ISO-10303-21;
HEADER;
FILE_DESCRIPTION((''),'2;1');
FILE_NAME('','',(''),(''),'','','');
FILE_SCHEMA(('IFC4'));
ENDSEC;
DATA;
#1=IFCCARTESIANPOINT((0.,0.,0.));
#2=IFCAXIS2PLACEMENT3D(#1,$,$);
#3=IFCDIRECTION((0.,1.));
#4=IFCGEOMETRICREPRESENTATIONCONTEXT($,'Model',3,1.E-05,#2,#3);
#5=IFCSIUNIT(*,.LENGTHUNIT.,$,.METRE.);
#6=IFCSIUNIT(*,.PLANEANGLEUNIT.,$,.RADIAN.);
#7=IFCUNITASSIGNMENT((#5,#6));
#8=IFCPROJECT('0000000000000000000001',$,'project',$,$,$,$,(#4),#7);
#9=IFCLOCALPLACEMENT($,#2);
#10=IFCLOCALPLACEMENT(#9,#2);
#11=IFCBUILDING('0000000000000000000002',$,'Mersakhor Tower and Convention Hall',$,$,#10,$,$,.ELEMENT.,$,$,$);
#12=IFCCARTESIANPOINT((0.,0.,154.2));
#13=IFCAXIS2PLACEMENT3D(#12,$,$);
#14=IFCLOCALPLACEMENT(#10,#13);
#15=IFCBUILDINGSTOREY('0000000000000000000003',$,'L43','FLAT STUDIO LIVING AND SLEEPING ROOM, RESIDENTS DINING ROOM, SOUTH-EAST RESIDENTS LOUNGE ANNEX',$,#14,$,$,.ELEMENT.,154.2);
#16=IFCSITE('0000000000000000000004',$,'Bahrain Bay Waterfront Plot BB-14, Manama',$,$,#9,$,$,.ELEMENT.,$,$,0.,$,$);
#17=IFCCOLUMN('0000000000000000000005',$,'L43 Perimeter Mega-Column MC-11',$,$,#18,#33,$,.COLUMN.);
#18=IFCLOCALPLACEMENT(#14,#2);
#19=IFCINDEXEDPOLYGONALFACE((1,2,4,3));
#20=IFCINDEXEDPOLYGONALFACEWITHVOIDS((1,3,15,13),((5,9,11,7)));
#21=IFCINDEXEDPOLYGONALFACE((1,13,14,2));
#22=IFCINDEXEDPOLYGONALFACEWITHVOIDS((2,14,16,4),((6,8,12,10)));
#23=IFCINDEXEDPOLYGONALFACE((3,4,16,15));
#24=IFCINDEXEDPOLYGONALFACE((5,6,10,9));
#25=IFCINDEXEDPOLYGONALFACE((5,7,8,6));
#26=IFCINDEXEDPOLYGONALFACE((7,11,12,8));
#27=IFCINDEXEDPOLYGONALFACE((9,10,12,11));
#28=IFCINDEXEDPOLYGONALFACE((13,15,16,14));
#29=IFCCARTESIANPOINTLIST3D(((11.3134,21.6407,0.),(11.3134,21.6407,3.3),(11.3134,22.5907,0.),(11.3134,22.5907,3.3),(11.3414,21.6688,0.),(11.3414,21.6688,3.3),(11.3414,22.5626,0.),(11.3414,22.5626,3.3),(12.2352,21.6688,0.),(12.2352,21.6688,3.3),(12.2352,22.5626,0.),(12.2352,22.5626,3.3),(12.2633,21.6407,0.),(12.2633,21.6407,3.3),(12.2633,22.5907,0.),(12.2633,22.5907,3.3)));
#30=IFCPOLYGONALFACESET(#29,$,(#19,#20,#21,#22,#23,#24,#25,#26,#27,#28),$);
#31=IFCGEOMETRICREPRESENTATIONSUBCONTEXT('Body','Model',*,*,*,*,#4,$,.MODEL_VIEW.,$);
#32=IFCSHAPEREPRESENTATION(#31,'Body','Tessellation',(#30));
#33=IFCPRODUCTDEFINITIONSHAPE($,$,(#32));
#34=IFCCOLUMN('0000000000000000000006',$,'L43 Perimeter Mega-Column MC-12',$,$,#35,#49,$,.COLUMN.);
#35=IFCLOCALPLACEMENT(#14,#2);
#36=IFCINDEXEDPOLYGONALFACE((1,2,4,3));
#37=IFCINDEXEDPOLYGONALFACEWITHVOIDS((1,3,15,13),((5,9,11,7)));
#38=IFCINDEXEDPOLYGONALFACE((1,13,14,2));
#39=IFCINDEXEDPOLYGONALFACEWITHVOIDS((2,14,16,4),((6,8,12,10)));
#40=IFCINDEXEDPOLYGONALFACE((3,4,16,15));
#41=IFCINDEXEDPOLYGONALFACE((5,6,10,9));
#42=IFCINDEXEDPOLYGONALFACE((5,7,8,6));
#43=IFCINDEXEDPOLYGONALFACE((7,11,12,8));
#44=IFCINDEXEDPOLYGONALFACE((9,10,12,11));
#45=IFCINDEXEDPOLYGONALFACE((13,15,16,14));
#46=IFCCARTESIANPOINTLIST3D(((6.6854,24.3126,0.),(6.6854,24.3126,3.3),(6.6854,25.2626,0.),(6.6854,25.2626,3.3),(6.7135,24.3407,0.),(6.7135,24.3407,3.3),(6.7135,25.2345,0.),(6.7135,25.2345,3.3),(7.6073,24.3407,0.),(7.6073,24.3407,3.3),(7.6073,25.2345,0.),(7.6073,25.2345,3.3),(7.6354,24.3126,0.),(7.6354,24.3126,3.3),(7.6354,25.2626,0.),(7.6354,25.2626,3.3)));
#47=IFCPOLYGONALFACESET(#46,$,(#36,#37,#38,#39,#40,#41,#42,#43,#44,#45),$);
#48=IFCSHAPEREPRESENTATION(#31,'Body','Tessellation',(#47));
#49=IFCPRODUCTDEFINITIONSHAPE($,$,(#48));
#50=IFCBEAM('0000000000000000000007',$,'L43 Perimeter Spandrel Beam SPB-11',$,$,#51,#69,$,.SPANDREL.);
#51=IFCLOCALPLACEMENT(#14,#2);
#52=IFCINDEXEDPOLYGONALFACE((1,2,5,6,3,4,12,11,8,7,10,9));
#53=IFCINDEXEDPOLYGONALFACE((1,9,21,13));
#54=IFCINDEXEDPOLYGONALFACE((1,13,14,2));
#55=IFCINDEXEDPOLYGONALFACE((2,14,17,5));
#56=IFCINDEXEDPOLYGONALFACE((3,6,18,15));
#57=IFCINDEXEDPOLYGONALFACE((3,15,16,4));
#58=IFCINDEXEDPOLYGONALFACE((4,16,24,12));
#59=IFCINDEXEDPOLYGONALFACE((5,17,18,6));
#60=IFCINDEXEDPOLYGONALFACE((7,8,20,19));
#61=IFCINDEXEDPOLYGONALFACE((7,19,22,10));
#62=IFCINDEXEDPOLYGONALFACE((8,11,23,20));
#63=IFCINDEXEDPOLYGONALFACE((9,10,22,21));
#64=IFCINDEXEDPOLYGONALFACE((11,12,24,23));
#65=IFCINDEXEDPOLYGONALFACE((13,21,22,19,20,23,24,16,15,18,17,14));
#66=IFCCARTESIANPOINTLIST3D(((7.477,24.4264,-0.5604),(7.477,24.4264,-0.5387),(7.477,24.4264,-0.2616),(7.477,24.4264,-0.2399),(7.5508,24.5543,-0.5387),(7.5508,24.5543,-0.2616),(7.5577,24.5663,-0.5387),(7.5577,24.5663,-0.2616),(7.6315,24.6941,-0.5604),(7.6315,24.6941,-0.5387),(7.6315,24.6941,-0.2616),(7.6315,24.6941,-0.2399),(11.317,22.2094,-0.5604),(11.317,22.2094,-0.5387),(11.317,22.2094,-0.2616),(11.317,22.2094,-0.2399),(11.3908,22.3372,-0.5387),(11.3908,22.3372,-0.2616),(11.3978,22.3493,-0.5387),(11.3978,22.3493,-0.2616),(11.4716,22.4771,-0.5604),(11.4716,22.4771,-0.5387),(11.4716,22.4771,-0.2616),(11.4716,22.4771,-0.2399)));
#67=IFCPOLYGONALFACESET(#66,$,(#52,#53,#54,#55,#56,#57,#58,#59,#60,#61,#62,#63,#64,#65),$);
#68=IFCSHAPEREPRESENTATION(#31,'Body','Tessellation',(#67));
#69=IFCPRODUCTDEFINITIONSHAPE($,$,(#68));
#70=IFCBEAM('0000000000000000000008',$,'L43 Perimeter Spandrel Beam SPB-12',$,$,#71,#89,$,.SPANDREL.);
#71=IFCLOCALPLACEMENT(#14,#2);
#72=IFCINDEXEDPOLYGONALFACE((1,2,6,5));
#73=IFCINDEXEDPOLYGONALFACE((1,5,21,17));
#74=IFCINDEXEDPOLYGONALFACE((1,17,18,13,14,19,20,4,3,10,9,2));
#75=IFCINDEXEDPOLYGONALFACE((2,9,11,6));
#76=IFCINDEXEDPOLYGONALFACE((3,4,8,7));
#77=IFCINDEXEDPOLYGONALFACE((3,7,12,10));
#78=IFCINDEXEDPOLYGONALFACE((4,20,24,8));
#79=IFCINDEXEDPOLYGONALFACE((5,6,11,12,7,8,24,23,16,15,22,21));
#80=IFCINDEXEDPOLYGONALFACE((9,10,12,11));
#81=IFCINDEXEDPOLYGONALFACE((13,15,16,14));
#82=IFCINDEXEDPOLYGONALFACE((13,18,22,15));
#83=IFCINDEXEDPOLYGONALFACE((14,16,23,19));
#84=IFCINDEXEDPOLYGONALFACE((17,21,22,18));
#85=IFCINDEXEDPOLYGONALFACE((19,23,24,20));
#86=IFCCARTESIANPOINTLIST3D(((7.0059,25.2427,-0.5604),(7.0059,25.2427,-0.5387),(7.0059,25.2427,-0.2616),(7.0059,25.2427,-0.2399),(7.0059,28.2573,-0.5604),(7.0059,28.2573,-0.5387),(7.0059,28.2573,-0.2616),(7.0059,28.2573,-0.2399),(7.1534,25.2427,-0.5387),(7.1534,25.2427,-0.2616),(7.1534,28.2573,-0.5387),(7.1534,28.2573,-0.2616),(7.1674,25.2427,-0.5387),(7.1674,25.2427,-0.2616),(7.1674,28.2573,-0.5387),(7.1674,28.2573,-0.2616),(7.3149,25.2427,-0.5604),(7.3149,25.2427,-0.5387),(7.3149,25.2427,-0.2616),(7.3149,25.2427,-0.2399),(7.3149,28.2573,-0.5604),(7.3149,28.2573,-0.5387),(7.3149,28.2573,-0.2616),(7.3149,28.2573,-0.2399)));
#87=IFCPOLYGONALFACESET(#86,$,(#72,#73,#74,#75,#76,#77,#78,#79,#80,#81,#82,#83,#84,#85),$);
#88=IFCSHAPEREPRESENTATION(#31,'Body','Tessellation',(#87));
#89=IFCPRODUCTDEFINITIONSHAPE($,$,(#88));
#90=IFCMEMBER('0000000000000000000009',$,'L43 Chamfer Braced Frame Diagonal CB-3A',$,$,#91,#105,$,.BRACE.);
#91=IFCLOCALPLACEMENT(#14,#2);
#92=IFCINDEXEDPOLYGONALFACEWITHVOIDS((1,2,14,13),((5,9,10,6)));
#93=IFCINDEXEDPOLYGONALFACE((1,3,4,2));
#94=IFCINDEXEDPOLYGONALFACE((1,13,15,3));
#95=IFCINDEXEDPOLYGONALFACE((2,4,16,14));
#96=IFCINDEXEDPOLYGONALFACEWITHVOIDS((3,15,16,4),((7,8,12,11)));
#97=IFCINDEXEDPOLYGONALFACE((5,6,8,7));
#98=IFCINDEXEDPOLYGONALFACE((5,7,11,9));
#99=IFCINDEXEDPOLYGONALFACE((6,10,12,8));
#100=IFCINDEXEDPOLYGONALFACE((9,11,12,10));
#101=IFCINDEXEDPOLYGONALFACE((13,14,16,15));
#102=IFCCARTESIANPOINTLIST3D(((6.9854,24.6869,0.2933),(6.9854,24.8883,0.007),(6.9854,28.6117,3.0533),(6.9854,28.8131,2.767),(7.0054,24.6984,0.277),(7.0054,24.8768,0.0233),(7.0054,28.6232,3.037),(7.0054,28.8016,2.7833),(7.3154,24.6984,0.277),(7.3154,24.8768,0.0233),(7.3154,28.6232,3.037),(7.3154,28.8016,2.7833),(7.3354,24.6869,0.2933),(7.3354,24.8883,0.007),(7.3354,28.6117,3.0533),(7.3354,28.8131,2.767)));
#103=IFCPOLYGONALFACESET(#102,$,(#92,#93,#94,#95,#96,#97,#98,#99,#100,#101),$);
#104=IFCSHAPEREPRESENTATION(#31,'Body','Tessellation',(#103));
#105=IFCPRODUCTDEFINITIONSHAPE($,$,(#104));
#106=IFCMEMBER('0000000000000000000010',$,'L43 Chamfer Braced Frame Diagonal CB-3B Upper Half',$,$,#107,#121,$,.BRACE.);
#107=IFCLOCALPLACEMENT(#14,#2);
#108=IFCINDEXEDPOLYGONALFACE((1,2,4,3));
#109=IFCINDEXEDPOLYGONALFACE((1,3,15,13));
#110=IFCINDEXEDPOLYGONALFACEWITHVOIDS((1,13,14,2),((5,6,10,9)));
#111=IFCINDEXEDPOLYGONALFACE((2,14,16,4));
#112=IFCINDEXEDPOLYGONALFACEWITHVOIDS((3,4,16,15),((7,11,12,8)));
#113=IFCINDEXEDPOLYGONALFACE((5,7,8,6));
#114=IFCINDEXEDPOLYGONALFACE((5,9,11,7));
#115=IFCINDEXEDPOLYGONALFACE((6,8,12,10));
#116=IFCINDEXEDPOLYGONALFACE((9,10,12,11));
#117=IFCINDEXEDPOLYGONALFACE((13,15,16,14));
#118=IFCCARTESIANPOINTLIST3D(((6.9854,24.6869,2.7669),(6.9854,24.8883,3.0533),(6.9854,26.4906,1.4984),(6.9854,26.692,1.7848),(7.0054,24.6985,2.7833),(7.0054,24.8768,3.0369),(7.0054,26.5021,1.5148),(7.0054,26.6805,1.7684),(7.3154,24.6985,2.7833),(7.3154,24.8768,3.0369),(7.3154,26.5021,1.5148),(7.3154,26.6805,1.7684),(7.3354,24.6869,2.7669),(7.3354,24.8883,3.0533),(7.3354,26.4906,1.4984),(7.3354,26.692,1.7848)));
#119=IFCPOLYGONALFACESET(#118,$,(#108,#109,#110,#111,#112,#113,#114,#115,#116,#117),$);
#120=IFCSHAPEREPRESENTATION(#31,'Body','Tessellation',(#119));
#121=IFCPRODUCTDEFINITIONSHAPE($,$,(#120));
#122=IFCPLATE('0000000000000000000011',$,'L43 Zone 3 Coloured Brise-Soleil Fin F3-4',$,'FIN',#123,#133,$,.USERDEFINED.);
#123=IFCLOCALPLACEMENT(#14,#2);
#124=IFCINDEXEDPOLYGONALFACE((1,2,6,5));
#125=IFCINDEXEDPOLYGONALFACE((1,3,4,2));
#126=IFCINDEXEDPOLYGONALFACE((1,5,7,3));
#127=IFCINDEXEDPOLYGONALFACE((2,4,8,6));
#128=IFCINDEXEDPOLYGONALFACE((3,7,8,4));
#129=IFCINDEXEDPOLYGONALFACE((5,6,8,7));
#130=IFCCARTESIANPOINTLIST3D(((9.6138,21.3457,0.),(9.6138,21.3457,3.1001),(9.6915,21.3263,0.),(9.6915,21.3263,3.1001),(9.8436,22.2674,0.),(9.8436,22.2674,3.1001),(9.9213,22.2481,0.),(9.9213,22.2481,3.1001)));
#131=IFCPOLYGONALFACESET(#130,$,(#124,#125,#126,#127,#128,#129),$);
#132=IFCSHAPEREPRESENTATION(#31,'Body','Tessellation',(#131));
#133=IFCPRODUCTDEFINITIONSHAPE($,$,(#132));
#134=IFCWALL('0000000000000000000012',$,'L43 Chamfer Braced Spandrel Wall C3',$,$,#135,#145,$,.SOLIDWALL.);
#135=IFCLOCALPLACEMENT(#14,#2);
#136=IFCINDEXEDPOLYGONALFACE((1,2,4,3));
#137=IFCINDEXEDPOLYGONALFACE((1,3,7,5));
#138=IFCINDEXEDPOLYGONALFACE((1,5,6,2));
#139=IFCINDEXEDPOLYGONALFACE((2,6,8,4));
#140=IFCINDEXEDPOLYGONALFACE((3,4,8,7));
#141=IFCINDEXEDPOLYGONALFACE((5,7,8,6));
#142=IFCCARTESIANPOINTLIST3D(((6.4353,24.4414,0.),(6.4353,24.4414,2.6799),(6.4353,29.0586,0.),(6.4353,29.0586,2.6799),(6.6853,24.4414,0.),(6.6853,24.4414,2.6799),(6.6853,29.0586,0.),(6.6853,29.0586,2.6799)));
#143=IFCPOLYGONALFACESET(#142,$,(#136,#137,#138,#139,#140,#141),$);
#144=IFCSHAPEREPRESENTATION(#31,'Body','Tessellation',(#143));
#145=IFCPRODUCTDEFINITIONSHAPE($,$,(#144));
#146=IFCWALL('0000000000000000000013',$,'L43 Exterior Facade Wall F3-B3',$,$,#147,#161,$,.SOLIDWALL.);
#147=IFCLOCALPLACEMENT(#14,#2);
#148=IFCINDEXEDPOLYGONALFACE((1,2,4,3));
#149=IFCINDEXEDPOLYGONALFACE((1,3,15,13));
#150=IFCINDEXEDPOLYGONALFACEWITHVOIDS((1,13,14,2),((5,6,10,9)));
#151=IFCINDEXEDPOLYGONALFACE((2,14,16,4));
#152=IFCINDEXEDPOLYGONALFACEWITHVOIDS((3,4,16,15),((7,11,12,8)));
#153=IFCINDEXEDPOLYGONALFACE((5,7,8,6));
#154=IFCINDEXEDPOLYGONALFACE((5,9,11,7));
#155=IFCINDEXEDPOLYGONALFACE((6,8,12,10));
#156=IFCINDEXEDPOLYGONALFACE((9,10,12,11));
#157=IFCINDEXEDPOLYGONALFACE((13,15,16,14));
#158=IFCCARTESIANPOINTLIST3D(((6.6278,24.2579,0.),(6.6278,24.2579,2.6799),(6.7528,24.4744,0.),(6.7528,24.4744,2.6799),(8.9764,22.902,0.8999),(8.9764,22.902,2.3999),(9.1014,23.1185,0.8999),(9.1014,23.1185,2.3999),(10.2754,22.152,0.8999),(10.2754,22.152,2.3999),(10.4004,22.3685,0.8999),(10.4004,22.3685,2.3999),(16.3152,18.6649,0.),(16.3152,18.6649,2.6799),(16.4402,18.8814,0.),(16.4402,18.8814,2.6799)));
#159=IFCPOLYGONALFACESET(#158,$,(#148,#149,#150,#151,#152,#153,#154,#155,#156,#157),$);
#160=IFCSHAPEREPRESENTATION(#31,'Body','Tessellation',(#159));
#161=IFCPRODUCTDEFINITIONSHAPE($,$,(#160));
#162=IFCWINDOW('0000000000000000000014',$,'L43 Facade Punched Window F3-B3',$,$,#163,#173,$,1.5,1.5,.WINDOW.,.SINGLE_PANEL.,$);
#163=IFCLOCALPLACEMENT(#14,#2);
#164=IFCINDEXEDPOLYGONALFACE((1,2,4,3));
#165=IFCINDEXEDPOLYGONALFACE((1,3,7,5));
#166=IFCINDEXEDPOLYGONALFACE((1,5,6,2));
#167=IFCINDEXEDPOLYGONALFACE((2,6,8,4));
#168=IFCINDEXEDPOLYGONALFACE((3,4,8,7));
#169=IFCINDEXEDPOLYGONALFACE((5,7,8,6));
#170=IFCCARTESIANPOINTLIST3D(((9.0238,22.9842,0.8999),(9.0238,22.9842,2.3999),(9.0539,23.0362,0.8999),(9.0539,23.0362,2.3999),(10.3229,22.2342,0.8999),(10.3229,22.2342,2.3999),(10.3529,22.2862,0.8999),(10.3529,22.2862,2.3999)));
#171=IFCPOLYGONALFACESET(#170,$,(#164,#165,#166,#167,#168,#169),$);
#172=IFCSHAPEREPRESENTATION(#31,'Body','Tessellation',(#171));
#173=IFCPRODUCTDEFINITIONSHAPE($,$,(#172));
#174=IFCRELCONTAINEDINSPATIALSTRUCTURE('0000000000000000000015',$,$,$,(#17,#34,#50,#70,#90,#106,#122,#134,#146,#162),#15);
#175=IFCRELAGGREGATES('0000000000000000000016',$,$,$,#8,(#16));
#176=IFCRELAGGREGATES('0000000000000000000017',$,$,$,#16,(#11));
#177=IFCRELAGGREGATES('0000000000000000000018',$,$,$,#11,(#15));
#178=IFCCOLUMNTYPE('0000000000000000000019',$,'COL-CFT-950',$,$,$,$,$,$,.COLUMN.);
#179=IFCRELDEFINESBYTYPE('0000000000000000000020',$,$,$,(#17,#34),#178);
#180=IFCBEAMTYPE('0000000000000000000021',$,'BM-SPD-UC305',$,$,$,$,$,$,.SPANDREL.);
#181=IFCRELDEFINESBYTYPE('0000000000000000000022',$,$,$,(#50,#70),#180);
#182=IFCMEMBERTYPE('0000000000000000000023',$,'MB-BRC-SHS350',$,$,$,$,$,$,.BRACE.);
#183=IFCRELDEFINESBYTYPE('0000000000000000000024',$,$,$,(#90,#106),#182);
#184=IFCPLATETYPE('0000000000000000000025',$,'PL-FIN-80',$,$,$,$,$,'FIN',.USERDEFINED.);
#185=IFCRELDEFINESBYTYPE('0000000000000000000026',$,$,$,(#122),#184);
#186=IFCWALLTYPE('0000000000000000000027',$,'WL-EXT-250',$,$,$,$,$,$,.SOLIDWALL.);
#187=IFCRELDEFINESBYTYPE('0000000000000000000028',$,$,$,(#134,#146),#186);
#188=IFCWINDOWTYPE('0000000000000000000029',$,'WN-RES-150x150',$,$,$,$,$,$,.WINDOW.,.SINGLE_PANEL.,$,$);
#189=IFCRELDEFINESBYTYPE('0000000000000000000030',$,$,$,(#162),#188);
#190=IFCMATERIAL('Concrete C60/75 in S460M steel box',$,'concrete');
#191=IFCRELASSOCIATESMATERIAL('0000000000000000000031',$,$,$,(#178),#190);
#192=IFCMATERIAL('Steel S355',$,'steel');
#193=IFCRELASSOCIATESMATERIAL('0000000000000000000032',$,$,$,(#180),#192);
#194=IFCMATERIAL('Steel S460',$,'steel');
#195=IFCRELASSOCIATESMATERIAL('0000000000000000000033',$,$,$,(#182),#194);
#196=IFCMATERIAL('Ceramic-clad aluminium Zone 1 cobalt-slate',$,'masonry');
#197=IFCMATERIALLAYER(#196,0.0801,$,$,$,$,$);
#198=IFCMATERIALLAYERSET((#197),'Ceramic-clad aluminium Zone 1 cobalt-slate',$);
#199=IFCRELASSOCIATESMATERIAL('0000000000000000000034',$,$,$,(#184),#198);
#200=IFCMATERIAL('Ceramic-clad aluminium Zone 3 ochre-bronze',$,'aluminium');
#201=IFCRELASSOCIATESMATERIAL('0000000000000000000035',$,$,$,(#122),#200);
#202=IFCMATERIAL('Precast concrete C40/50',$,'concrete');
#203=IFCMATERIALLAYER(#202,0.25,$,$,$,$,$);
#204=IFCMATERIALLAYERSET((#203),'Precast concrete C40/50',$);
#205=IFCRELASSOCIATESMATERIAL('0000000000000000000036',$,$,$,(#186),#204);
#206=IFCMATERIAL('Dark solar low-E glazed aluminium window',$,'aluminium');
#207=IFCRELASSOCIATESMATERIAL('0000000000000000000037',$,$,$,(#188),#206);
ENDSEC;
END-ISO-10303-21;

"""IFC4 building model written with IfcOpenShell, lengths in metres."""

from ifc_helpers import new_model, si_unit, direction, frame, frame_2d, origin, origin_2d, place, context, subcontext, project, spatial, rectangle, hollow_rectangle, i_section, extrude, material, layer, layer_set, material_profile, profile_set, type_object, element, fill, save


model = new_model("IFC4")

# Units and contexts
model_context = context("Model", 3, precision=1e-05, world=origin(), true_north=direction((0.0, 1.0)))
body_context = subcontext(model_context, "Body", "Model", "MODEL_VIEW")
ifc_project = project(units=[si_unit("LENGTHUNIT", "METRE"), si_unit("PLANEANGLEUNIT", "RADIAN")], contexts=[model_context])

# Site, building, storey
site_placement = place(None, origin())
site = spatial("IfcSite", under=ifc_project, at=site_placement, Name="Bahrain Bay Waterfront Plot BB-14, Manama", CompositionType="ELEMENT", RefElevation=0.0)
building_placement = place(site_placement, origin())
building = spatial("IfcBuilding", under=site, at=building_placement, Name="Mersakhor Tower and Convention Hall", CompositionType="ELEMENT")
storey_placement = place(building_placement, frame((0.0, 0.0, 154.2)))
storey = spatial("IfcBuildingStorey", under=building, at=storey_placement, Name="L43", Description="FLAT STUDIO LIVING AND SLEEPING ROOM, RESIDENTS DINING ROOM, SOUTH-EAST RESIDENTS LOUNGE ANNEX", CompositionType="ELEMENT", Elevation=154.2)

# Columns
ifc_material_1 = material(Name="Concrete C60/75 in S460M steel box", Category="concrete")
ifc_material_profile_1 = material_profile(ifc_material_1, hollow_rectangle(XDim=0.95, YDim=0.95, WallThickness=0.0281, at=origin_2d()), Name="SHS 950x950x28")
ifc_profile_set_1 = profile_set([ifc_material_profile_1], Name="Concrete C60/75 in S460M steel box")
column_type = type_object("IfcColumnType", Name="COL-CFT-950", PredefinedType="COLUMN", material=ifc_profile_set_1)
for number, where, z_axis, x_axis, name in (
    (1, (11.7883, 22.1157, 0.0), (0.0, 0.0, 1.0), (1.0, 0.0, 0.0), "L43 Perimeter Mega-Column MC-11"),
    (2, (7.1604, 24.7876, 0.0), (0.0, 0.0, 1.0), (1.0, 0.0, 0.0), "L43 Perimeter Mega-Column MC-12"),
):
    element("IfcColumn", number, at=place(storey_placement, frame(where, z_axis=z_axis, x_axis=x_axis)), inside=storey, type_object=column_type, Name=name, PredefinedType="COLUMN", context=body_context, shape_type="SweptSolid", body=[
        extrude(hollow_rectangle(XDim=0.95, YDim=0.95, WallThickness=0.0281, at=origin_2d()), origin(), (0.0, 0.0, 1.0), 3.3),
    ])

# Beams
ifc_material_2 = material(Name="Steel S355", Category="steel")
ifc_material_profile_2 = material_profile(ifc_material_2, i_section(OverallWidth=0.3091, OverallDepth=0.3206, WebThickness=0.0139, FlangeThickness=0.0217, at=origin_2d()), Name="UC 305x305x137")
ifc_profile_set_2 = profile_set([ifc_material_profile_2], Name="Steel S355")
beam_type = type_object("IfcBeamType", Name="BM-SPD-UC305", PredefinedType="SPANDREL", material=ifc_profile_set_2)
beam_1_placement = place(storey_placement, frame((11.3943, 22.3433, -0.4001), z_axis=(-0.866029, 0.499994, 0.0), x_axis=(-0.499994, -0.866029, 0.0)))
element("IfcBeam", 3, at=beam_1_placement, inside=storey, type_object=beam_type, Name="L43 Perimeter Spandrel Beam SPB-11", PredefinedType="SPANDREL", context=body_context, shape_type="SweptSolid", body=[
    extrude(i_section(OverallWidth=0.3091, OverallDepth=0.3206, WebThickness=0.0139, FlangeThickness=0.0217, at=origin_2d()), origin(), (0.0, 0.0, 1.0), 4.4341),
])
beam_2_placement = place(storey_placement, frame((7.1604, 25.2427, -0.4001), z_axis=(0.0, 1.0, 0.0), x_axis=(-1.0, 0.0, 0.0)))
element("IfcBeam", 4, at=beam_2_placement, inside=storey, type_object=beam_type, Name="L43 Perimeter Spandrel Beam SPB-12", PredefinedType="SPANDREL", context=body_context, shape_type="SweptSolid", body=[
    extrude(i_section(OverallWidth=0.3091, OverallDepth=0.3206, WebThickness=0.0139, FlangeThickness=0.0217, at=origin_2d()), origin(), (0.0, 0.0, 1.0), 3.0146),
])

# Members
ifc_material_3 = material(Name="Steel S460", Category="steel")
ifc_material_profile_3 = material_profile(ifc_material_3, hollow_rectangle(XDim=0.3501, YDim=0.3501, WallThickness=0.02, at=origin_2d()), Name="SHS 350x350x20")
ifc_profile_set_3 = profile_set([ifc_material_profile_3], Name="Steel S460")
member_type = type_object("IfcMemberType", Name="MB-BRC-SHS350", PredefinedType="BRACE", material=ifc_profile_set_3)
member_1_placement = place(storey_placement, frame((7.1604, 24.7876, 0.1501), z_axis=(0.0, 0.817992, 0.57523), x_axis=(-1.0, 0.0, 0.0)))
element("IfcMember", 5, at=member_1_placement, inside=storey, type_object=member_type, Name="L43 Chamfer Braced Frame Diagonal CB-3A", PredefinedType="BRACE", context=body_context, shape_type="SweptSolid", body=[
    extrude(hollow_rectangle(XDim=0.3501, YDim=0.3501, WallThickness=0.02, at=origin_2d()), origin(), (0.0, 0.0, 1.0), 4.7981),
])
member_2_placement = place(storey_placement, frame((7.1604, 26.5913, 1.6416), z_axis=(0.0, -0.817961, 0.575274), x_axis=(1.0, 0.0, 0.0)))
element("IfcMember", 6, at=member_2_placement, inside=storey, type_object=member_type, Name="L43 Chamfer Braced Frame Diagonal CB-3B Upper Half", PredefinedType="BRACE", context=body_context, shape_type="SweptSolid", body=[
    extrude(hollow_rectangle(XDim=0.3501, YDim=0.3501, WallThickness=0.02, at=origin_2d()), origin(), (0.0, 0.0, 1.0), 2.2051),
])

# Plate
ifc_material_4 = material(Name="Ceramic-clad aluminium Zone 3 ochre-bronze", Category="aluminium")
ifc_material_5 = material(Name="Ceramic-clad aluminium Zone 1 cobalt-slate", Category="masonry")
ifc_layer_1 = layer(ifc_material_5, 0.0801)
ifc_layer_set_1 = layer_set([ifc_layer_1], Name="Ceramic-clad aluminium Zone 1 cobalt-slate")
plate_type = type_object("IfcPlateType", Name="PL-FIN-80", ElementType="FIN", PredefinedType="USERDEFINED", material=ifc_layer_set_1)
plate_placement = place(storey_placement, frame((9.7676, 21.7969, 0.0), z_axis=(0.0, 0.0, 1.0), x_axis=(-0.241922, -0.970296, 0.0)))
element("IfcPlate", 7, at=plate_placement, inside=storey, type_object=plate_type, material=ifc_material_4, Name="L43 Zone 3 Coloured Brise-Soleil Fin F3-4", ObjectType="FIN", PredefinedType="USERDEFINED", context=body_context, shape_type="SweptSolid", body=[
    extrude(rectangle(XDim=0.95, YDim=0.0801, at=origin_2d()), origin(), (0.0, 0.0, 1.0), 3.1001),
])

# Wall
ifc_material_6 = material(Name="Precast concrete C40/50", Category="concrete")
ifc_layer_2 = layer(ifc_material_6, 0.25)
ifc_layer_set_2 = layer_set([ifc_layer_2], Name="Precast concrete C40/50")
wall_type_1 = type_object("IfcWallType", Name="WL-EXT-250", PredefinedType="SOLIDWALL", material=ifc_layer_set_2)
wall_1_placement = place(storey_placement, frame((6.5603, 24.4414, 0.0), z_axis=(0.0, 0.0, 1.0), x_axis=(0.0, 1.0, 0.0)))
element("IfcWall", 8, at=wall_1_placement, inside=storey, type_object=wall_type_1, Name="L43 Chamfer Braced Spandrel Wall C3", PredefinedType="SOLIDWALL", context=body_context, shape_type="SweptSolid", body=[
    extrude(rectangle(XDim=4.6172, YDim=0.25, at=frame_2d((2.3086, 0.0))), origin(), (0.0, 0.0, 1.0), 2.6799),
])

# Wall, opening, window
wall_2_placement = place(storey_placement, frame((16.3777, 18.7732, 0.0), z_axis=(0.0, 0.0, 1.0), x_axis=(-0.866028, 0.499996, 0.0)))
wall_2 = element("IfcWall", 9, at=wall_2_placement, inside=storey, type_object=wall_type_1, Name="L43 Exterior Facade Wall F3-B3", PredefinedType="SOLIDWALL", context=body_context, shape_type="SweptSolid", body=[
    extrude(rectangle(XDim=11.186, YDim=0.25, at=frame_2d((5.593, 0.0))), origin(), (0.0, 0.0, 1.0), 2.6799),
])
opening_1_placement = place(wall_2_placement, frame((6.9741, 0.0, 0.8999)))
opening_1 = element("IfcOpeningElement", 10, at=opening_1_placement, cuts=wall_2, PredefinedType="OPENING", context=body_context, shape_type="SweptSolid", body=[
    extrude(rectangle(XDim=1.5, YDim=1.5, at=frame_2d((0.75, 0.75))), frame((0.0, 0.135, 0.0), z_axis=(0.0, -1.0, 0.0), x_axis=(1.0, 0.0, 0.0)), (0.0, 0.0, 1.0), 0.27),
])
ifc_material_7 = material(Name="Dark solar low-E glazed aluminium window", Category="aluminium")
window_type = type_object("IfcWindowType", Name="WN-RES-150x150", PartitioningType="SINGLE_PANEL", PredefinedType="WINDOW", material=ifc_material_7)
window_placement = place(opening_1_placement, origin())
window = element("IfcWindow", 11, at=window_placement, inside=storey, type_object=window_type, Name="L43 Facade Punched Window F3-B3", OverallHeight=1.5, OverallWidth=1.5, PartitioningType="SINGLE_PANEL", PredefinedType="WINDOW", context=body_context, shape_type="SweptSolid", body=[
    extrude(rectangle(XDim=1.5, YDim=1.5, at=frame_2d((0.75, 0.75))), frame((0.0, 0.03, 0.0), z_axis=(0.0, -1.0, 0.0), x_axis=(1.0, 0.0, 0.0)), (0.0, 0.0, 1.0), 0.0601),
])
fill(opening_1, window)

save(model, "model.ifc")
